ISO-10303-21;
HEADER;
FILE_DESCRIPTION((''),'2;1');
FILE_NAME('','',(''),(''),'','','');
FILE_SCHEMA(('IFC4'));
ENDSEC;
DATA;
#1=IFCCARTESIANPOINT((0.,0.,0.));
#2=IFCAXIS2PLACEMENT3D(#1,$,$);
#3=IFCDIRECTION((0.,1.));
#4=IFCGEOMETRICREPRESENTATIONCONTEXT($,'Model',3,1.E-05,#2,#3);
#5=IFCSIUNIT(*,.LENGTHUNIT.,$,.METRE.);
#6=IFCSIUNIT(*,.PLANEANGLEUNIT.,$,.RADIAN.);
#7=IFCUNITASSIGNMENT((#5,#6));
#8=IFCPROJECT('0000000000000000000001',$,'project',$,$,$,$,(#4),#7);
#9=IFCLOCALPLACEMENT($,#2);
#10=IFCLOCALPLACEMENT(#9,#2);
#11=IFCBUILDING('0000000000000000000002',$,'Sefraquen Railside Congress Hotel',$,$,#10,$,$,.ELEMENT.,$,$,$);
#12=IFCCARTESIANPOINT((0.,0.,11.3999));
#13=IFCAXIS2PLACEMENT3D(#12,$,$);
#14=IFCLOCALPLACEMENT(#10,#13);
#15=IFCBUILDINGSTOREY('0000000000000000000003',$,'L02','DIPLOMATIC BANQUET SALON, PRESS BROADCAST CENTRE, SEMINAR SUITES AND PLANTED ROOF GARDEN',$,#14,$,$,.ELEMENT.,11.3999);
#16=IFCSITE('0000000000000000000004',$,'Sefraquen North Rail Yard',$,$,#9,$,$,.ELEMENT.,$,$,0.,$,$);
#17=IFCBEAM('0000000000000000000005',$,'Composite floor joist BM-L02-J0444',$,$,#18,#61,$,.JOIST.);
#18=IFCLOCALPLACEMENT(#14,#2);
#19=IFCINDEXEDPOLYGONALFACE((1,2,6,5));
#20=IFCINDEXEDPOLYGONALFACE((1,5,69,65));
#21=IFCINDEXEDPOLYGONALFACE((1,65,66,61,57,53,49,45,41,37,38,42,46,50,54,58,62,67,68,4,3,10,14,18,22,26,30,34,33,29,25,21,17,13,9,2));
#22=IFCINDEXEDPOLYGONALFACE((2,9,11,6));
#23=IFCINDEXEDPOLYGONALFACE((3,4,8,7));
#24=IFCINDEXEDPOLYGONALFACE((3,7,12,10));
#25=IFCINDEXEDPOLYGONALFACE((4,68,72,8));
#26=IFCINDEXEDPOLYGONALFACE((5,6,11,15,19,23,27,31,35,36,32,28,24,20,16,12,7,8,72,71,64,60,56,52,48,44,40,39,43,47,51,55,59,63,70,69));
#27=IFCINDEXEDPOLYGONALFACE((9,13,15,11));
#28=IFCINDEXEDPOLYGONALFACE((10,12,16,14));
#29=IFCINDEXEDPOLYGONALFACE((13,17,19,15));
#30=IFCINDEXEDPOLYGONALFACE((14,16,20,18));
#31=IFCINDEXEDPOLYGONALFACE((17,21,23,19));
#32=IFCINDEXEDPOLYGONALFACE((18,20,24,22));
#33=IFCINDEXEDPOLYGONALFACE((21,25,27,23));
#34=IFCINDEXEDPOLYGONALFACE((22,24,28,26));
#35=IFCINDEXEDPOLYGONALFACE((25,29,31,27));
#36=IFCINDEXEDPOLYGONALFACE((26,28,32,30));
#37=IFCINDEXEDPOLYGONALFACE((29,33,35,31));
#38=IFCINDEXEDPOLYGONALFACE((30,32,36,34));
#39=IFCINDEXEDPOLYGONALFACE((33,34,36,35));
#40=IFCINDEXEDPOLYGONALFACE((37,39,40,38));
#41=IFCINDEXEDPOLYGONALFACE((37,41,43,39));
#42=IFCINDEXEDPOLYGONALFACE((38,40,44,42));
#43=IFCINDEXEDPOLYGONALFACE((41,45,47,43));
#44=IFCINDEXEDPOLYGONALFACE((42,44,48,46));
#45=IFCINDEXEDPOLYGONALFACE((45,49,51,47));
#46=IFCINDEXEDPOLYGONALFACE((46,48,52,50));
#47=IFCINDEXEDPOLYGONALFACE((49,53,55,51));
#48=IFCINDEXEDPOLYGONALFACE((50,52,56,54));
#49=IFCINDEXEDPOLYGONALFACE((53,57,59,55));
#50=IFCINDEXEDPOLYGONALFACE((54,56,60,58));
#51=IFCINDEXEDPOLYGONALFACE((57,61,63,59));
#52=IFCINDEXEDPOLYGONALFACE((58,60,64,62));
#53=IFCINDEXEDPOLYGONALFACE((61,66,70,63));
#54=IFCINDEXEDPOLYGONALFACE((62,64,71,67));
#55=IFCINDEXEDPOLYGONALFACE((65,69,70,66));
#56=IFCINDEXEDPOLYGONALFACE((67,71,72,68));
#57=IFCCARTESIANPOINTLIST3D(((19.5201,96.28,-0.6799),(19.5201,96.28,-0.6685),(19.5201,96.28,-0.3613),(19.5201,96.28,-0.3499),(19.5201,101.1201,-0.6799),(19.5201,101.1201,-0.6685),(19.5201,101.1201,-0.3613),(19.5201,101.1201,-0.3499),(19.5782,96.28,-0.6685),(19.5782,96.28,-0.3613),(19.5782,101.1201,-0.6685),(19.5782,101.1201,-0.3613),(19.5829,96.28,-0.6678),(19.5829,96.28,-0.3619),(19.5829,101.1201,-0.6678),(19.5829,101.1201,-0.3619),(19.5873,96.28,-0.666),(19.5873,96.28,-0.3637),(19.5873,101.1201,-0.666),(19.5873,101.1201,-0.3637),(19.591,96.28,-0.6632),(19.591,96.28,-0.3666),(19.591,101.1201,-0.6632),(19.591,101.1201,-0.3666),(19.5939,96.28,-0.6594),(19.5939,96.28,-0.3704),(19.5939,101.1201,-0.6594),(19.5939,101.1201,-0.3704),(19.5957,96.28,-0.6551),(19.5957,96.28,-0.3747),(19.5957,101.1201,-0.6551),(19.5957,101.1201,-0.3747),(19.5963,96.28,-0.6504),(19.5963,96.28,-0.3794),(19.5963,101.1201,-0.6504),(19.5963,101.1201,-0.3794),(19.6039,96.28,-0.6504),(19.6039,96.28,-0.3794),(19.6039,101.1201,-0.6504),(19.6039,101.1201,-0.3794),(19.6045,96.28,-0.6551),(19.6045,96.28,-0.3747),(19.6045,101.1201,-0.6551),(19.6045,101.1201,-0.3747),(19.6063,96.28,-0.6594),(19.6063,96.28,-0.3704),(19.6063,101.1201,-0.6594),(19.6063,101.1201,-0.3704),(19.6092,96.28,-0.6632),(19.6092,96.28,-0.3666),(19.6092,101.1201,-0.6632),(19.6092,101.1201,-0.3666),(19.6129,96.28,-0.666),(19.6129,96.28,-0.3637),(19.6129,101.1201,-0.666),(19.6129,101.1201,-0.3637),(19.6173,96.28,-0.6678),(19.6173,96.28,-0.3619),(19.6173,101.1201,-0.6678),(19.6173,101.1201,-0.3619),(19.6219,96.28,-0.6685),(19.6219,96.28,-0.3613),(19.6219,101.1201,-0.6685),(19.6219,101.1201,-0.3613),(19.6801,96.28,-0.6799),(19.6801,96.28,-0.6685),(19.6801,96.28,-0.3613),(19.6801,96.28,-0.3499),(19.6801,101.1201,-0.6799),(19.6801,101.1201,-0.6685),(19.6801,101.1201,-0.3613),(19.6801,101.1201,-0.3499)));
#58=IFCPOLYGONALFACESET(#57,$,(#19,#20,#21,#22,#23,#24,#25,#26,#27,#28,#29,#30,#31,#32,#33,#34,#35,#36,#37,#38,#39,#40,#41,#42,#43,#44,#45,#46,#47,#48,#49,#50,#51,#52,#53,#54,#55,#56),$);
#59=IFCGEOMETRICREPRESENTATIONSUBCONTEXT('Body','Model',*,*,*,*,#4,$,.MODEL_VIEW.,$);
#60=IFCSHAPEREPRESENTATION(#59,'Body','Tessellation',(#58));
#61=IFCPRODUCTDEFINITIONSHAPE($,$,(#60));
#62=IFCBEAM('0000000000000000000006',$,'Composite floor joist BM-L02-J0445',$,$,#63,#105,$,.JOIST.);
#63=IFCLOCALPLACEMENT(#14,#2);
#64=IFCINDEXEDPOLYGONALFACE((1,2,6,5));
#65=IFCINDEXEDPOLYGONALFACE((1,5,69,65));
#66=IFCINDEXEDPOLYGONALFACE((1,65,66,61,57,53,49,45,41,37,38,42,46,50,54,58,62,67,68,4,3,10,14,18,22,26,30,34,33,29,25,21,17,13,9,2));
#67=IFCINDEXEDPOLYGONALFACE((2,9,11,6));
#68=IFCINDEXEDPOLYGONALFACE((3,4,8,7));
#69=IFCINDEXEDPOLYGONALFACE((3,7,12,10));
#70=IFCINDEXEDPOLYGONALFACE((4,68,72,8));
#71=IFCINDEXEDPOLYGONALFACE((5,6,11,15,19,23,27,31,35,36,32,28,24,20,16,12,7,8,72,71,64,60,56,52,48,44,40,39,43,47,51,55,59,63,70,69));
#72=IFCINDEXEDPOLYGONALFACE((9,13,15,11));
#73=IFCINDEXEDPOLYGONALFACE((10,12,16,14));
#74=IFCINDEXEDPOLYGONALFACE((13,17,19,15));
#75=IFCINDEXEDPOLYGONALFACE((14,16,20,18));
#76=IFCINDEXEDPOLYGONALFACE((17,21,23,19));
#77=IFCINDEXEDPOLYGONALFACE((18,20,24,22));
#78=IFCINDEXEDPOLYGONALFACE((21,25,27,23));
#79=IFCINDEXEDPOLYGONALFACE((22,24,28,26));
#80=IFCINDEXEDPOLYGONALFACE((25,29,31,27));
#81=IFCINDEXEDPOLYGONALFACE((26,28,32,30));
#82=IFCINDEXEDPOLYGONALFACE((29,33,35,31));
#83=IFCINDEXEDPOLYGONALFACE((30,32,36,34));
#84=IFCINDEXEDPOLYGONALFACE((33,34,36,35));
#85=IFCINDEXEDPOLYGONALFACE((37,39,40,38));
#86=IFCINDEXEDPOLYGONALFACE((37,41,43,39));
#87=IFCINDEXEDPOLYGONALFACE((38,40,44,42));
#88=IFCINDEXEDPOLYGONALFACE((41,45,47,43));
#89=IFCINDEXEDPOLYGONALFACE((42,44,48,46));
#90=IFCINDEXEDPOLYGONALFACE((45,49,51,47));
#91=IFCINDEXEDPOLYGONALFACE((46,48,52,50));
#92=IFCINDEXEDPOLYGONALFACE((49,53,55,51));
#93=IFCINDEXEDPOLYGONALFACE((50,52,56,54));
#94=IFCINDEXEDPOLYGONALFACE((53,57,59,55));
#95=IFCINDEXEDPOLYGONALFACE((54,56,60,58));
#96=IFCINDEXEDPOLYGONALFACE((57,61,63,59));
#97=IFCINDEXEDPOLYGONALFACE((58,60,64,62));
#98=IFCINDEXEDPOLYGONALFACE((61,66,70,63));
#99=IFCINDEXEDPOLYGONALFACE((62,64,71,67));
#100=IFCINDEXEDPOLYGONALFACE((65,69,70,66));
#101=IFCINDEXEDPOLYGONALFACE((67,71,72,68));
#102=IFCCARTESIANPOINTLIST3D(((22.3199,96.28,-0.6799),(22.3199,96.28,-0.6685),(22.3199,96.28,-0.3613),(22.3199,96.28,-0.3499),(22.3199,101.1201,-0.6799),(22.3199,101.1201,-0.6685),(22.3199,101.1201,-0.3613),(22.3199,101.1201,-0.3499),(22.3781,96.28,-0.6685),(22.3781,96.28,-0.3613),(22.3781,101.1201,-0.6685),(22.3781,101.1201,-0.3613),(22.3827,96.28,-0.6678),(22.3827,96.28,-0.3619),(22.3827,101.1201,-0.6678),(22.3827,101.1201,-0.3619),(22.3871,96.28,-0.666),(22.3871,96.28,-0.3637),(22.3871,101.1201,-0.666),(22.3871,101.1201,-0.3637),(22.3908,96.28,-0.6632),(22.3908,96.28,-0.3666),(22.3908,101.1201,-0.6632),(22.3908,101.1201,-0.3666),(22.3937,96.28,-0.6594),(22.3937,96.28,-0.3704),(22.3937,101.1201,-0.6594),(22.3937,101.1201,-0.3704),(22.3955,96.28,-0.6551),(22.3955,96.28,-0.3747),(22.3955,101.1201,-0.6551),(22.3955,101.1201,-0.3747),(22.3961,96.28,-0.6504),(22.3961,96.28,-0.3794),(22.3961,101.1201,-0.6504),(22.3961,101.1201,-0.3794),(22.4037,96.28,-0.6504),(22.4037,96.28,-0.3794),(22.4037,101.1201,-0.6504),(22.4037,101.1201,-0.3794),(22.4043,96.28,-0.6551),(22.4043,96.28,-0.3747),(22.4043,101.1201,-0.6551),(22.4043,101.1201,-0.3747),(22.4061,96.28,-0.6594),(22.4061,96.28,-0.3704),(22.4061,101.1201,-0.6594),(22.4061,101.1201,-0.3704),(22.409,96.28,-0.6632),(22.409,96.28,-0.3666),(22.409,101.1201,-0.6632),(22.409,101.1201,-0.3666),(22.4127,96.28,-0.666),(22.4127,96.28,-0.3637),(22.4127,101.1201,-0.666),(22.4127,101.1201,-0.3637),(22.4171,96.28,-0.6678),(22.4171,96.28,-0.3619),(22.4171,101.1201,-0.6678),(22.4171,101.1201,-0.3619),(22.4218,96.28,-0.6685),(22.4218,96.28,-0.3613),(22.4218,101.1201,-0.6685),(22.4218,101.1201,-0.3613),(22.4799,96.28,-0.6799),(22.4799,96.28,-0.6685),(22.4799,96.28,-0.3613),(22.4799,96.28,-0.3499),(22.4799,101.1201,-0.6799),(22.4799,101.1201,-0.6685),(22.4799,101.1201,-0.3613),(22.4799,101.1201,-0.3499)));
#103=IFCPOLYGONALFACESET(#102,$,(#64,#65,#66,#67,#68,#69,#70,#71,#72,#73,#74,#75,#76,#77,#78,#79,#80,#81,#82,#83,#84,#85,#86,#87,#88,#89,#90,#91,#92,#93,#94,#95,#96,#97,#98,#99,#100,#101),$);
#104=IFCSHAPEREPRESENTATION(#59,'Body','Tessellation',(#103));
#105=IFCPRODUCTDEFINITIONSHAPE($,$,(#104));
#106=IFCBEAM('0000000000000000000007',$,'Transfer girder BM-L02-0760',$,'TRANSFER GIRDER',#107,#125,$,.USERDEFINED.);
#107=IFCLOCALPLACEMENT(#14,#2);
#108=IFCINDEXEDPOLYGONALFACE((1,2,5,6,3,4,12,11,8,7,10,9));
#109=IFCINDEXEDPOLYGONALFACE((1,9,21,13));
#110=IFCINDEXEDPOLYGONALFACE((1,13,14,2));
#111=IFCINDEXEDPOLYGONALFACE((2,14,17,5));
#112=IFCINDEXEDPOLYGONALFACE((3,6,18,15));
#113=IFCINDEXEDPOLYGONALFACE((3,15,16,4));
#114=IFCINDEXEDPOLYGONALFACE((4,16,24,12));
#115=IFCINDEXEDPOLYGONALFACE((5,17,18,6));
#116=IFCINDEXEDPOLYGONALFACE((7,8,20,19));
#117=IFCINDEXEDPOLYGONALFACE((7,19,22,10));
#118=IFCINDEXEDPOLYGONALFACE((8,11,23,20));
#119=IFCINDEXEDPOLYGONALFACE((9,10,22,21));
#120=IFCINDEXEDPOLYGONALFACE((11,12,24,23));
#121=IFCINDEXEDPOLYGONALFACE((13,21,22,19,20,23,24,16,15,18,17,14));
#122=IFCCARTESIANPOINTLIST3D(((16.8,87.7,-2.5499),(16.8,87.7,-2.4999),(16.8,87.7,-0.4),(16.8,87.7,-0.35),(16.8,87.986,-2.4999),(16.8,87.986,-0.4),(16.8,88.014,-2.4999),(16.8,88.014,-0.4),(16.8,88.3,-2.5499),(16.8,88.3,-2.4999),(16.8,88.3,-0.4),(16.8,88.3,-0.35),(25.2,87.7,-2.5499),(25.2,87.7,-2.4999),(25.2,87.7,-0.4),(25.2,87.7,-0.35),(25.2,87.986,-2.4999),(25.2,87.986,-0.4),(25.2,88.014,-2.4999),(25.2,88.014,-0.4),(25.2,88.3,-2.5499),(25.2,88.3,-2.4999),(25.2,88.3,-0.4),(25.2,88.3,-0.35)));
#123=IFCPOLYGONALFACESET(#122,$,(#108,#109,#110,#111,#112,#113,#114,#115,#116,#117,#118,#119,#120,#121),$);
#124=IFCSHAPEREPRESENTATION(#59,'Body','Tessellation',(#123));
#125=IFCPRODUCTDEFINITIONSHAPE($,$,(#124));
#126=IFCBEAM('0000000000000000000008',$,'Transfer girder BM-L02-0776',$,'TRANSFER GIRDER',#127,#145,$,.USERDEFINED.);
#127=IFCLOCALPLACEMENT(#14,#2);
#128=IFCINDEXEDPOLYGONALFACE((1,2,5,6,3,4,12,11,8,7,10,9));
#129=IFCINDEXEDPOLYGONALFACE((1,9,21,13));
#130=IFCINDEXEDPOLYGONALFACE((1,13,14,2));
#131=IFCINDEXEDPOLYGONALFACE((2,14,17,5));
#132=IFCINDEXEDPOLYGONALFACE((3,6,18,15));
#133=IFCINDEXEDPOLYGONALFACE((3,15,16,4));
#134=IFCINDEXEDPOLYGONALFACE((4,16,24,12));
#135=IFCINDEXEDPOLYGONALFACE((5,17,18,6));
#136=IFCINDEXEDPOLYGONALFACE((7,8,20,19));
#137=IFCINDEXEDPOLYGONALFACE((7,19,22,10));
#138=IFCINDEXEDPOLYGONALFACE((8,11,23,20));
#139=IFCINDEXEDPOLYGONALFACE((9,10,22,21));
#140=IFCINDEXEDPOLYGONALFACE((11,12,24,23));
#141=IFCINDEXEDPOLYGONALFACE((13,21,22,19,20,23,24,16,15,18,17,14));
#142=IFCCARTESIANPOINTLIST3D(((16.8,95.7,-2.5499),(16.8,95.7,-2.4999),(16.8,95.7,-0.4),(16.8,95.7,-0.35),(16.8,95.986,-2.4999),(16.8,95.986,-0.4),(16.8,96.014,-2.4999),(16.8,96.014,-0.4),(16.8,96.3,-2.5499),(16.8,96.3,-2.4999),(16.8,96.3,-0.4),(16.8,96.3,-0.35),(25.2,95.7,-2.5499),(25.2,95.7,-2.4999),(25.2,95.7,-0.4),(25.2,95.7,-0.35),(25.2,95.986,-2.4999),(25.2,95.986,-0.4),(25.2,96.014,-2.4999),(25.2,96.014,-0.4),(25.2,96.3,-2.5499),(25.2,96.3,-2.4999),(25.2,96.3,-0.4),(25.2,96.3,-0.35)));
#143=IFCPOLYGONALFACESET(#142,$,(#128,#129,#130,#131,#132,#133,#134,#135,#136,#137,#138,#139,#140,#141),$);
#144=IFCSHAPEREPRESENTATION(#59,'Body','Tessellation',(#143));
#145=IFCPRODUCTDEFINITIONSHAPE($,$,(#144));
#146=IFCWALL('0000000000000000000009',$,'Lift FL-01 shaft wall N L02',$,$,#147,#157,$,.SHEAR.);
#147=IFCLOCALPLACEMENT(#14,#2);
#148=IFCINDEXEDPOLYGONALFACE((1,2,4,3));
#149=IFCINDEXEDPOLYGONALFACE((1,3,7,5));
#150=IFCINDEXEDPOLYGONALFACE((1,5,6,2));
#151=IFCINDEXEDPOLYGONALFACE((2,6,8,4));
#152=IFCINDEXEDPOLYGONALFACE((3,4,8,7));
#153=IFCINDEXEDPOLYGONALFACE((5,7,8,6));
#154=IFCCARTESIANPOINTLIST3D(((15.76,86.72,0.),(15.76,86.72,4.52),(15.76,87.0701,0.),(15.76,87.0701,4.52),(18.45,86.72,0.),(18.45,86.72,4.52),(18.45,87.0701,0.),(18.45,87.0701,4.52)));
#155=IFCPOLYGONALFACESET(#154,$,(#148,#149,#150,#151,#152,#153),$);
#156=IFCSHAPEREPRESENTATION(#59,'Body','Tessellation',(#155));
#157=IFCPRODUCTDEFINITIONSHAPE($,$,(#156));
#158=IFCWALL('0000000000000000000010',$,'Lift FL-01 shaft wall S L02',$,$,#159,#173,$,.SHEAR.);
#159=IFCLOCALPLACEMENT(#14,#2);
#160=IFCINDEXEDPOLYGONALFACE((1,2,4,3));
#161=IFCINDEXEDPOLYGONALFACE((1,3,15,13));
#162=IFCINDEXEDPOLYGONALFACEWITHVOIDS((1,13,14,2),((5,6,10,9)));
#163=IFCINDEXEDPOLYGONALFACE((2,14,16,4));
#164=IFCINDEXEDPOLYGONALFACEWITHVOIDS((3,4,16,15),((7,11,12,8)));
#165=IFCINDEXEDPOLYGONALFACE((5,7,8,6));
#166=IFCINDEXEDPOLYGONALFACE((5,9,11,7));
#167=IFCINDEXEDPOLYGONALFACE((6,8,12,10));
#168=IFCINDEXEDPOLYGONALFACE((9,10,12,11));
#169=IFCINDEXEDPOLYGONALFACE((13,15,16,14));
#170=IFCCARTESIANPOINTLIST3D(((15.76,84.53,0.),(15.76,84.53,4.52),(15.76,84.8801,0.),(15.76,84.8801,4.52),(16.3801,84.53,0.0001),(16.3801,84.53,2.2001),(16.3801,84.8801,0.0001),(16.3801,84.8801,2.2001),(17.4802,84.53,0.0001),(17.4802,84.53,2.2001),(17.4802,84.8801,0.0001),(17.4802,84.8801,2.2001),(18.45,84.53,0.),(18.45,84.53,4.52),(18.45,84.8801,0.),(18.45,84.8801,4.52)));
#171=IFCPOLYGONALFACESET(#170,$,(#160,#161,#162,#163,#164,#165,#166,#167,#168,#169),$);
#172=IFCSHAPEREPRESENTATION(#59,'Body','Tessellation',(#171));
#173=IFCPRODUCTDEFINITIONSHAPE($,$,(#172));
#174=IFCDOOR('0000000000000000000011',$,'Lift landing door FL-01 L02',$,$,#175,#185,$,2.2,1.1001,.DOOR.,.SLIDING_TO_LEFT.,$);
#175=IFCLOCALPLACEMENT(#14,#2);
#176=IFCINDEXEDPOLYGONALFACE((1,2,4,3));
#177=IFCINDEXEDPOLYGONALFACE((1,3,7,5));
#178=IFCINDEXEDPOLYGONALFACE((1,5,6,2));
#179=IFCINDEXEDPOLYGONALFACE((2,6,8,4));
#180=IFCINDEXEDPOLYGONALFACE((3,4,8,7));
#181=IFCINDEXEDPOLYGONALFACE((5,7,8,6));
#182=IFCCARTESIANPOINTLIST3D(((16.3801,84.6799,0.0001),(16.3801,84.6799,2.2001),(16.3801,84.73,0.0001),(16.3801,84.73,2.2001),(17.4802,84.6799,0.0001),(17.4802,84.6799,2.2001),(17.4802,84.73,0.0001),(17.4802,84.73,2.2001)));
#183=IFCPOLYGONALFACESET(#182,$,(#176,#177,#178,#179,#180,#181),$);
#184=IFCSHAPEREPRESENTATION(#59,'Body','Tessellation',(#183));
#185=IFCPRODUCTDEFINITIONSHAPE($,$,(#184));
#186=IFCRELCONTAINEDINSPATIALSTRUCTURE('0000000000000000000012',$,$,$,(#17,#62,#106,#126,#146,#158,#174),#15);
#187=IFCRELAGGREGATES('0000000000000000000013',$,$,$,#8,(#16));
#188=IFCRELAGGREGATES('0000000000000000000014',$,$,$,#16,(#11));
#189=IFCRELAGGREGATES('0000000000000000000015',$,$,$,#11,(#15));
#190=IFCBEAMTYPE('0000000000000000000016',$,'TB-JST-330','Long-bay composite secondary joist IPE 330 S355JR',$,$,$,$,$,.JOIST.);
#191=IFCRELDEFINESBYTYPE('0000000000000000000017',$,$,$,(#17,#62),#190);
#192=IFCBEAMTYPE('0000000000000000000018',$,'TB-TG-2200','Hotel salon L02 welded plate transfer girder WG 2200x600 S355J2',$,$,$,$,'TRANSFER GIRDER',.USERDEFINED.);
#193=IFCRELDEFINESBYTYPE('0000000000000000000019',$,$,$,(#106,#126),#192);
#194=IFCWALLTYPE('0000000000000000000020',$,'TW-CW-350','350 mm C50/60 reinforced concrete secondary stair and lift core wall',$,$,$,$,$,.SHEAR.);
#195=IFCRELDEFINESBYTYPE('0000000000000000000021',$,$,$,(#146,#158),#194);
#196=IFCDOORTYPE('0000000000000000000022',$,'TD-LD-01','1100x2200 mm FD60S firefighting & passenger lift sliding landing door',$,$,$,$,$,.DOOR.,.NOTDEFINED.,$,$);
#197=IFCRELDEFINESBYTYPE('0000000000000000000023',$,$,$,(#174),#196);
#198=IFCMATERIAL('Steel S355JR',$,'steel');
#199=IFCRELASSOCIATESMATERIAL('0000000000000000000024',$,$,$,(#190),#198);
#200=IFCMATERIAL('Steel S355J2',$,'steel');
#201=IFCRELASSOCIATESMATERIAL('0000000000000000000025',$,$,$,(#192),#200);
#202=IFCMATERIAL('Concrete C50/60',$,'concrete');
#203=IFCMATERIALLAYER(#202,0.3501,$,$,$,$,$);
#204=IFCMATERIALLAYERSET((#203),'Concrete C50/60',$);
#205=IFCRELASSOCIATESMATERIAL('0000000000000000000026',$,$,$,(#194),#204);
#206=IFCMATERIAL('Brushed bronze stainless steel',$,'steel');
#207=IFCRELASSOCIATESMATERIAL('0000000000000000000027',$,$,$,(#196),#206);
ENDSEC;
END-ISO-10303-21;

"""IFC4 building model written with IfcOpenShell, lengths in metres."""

from ifc_helpers import new_model, si_unit, direction, frame, frame_2d, origin, origin_2d, place, context, subcontext, project, spatial, rectangle, i_section, extrude, material, layer, layer_set, material_profile, profile_set, type_object, element, fill, save


model = new_model("IFC4")

# Units and contexts
model_context = context("Model", 3, precision=1e-05, world=origin(), true_north=direction((0.0, 1.0)))
body_context = subcontext(model_context, "Body", "Model", "MODEL_VIEW")
ifc_project = project(units=[si_unit("LENGTHUNIT", "METRE"), si_unit("PLANEANGLEUNIT", "RADIAN")], contexts=[model_context])

# Site, building, storey
site_placement = place(None, origin())
site = spatial("IfcSite", under=ifc_project, at=site_placement, Name="Sefraquen North Rail Yard", CompositionType="ELEMENT", RefElevation=0.0)
building_placement = place(site_placement, origin())
building = spatial("IfcBuilding", under=site, at=building_placement, Name="Sefraquen Railside Congress Hotel", CompositionType="ELEMENT")
storey_placement = place(building_placement, frame((0.0, 0.0, 11.3999)))
storey = spatial("IfcBuildingStorey", under=building, at=storey_placement, Name="L02", Description="DIPLOMATIC BANQUET SALON, PRESS BROADCAST CENTRE, SEMINAR SUITES AND PLANTED ROOF GARDEN", CompositionType="ELEMENT", Elevation=11.3999)

# Shared definitions
ifc_material_1 = material(Name="Steel S355JR", Category="steel")

# Beams
ifc_material_profile_1 = material_profile(ifc_material_1, i_section(OverallWidth=0.1599, OverallDepth=0.3301, WebThickness=0.0076, FlangeThickness=0.0115, FilletRadius=0.0181, at=origin_2d()), Name="IPE 330")
ifc_profile_set_1 = profile_set([ifc_material_profile_1], Name="Steel S355JR")
beam_type_1 = type_object("IfcBeamType", Name="TB-JST-330", Description="Long-bay composite secondary joist IPE 330 S355JR", PredefinedType="JOIST", material=ifc_profile_set_1)
for number, where, z_axis, x_axis, name in (
    (1, (19.6001, 96.28, -0.5149), (0.0, 1.0, 0.0), (-1.0, 0.0, 0.0), "Composite floor joist BM-L02-J0444"),
    (2, (22.3999, 96.28, -0.5149), (0.0, 1.0, 0.0), (-1.0, 0.0, 0.0), "Composite floor joist BM-L02-J0445"),
):
    element("IfcBeam", number, at=place(storey_placement, frame(where, z_axis=z_axis, x_axis=x_axis)), inside=storey, type_object=beam_type_1, Name=name, PredefinedType="JOIST", context=body_context, shape_type="SweptSolid", body=[
        extrude(i_section(OverallWidth=0.1599, OverallDepth=0.3301, WebThickness=0.0076, FlangeThickness=0.0115, FilletRadius=0.0181, at=origin_2d()), origin(), (0.0, 0.0, 1.0), 4.8401),
    ])
ifc_material_2 = material(Name="Steel S355J2", Category="steel")
ifc_material_profile_2 = material_profile(ifc_material_2, i_section(OverallWidth=0.6001, OverallDepth=2.2, WebThickness=0.0281, FlangeThickness=0.05, at=origin_2d()), Name="WG 2200x600")
ifc_profile_set_2 = profile_set([ifc_material_profile_2], Name="Steel S355J2")
beam_type_2 = type_object("IfcBeamType", Name="TB-TG-2200", Description="Hotel salon L02 welded plate transfer girder WG 2200x600 S355J2", ElementType="TRANSFER GIRDER", PredefinedType="USERDEFINED", material=ifc_profile_set_2)
for number, where, z_axis, x_axis, name in (
    (3, (16.8, 88.0, -1.45), (1.0, 0.0, 0.0), (0.0, 1.0, 0.0), "Transfer girder BM-L02-0760"),
    (4, (16.8, 96.0, -1.45), (1.0, 0.0, 0.0), (0.0, 1.0, 0.0), "Transfer girder BM-L02-0776"),
):
    element("IfcBeam", number, at=place(storey_placement, frame(where, z_axis=z_axis, x_axis=x_axis)), inside=storey, type_object=beam_type_2, Name=name, ObjectType="TRANSFER GIRDER", PredefinedType="USERDEFINED", context=body_context, shape_type="SweptSolid", body=[
        extrude(i_section(OverallWidth=0.6001, OverallDepth=2.2, WebThickness=0.0281, FlangeThickness=0.05, at=origin_2d()), origin(), (0.0, 0.0, 1.0), 8.3999),
    ])

# Wall
ifc_material_3 = material(Name="Concrete C50/60", Category="concrete")
ifc_layer_1 = layer(ifc_material_3, 0.3501)
ifc_layer_set_1 = layer_set([ifc_layer_1], Name="Concrete C50/60")
wall_type_1 = type_object("IfcWallType", Name="TW-CW-350", Description="350 mm C50/60 reinforced concrete secondary stair and lift core wall", PredefinedType="SHEAR", material=ifc_layer_set_1)
wall_1_placement = place(storey_placement, frame((15.76, 86.895, 0.0), z_axis=(0.0, 0.0, 1.0), x_axis=(1.0, 0.0, 0.0)))
element("IfcWall", 5, at=wall_1_placement, inside=storey, type_object=wall_type_1, Name="Lift FL-01 shaft wall N L02", PredefinedType="SHEAR", context=body_context, shape_type="SweptSolid", body=[
    extrude(rectangle(XDim=2.6899, YDim=0.3501, at=frame_2d((1.345, 0.0))), origin(), (0.0, 0.0, 1.0), 4.52),
])

# Wall, opening, door
wall_2_placement = place(storey_placement, frame((15.76, 84.7051, 0.0), z_axis=(0.0, 0.0, 1.0), x_axis=(1.0, 0.0, 0.0)))
wall_2 = element("IfcWall", 6, at=wall_2_placement, inside=storey, type_object=wall_type_1, Name="Lift FL-01 shaft wall S L02", PredefinedType="SHEAR", context=body_context, shape_type="SweptSolid", body=[
    extrude(rectangle(XDim=2.6899, YDim=0.3501, at=frame_2d((1.345, 0.0))), origin(), (0.0, 0.0, 1.0), 4.52),
])
opening_1_placement = place(wall_2_placement, frame((0.6201, 0.0, 0.0)))
opening_1 = element("IfcOpeningElement", 7, at=opening_1_placement, cuts=wall_2, PredefinedType="OPENING", context=body_context, shape_type="SweptSolid", body=[
    extrude(rectangle(XDim=1.1001, YDim=2.2, at=frame_2d((0.55, 1.1001))), frame((0.0, 0.1851, 0.0), z_axis=(0.0, -1.0, 0.0), x_axis=(1.0, 0.0, 0.0)), (0.0, 0.0, 1.0), 0.3701),
])
ifc_material_4 = material(Name="Brushed bronze stainless steel", Category="steel")
door_type_1 = type_object("IfcDoorType", Name="TD-LD-01", Description="1100x2200 mm FD60S firefighting & passenger lift sliding landing door", OperationType="NOTDEFINED", PredefinedType="DOOR", material=ifc_material_4)
door_1_placement = place(opening_1_placement, origin())
door_1 = element("IfcDoor", 8, at=door_1_placement, inside=storey, type_object=door_type_1, Name="Lift landing door FL-01 L02", OperationType="SLIDING_TO_LEFT", OverallHeight=2.2, OverallWidth=1.1001, PredefinedType="DOOR", context=body_context, shape_type="SweptSolid", body=[
    extrude(rectangle(XDim=1.1001, YDim=2.2, at=frame_2d((0.55, 1.1001))), frame((0.0, 0.0249, 0.0), z_axis=(0.0, -1.0, 0.0), x_axis=(1.0, 0.0, 0.0)), (0.0, 0.0, 1.0), 0.05),
])
fill(opening_1, door_1)

save(model, "model.ifc")
